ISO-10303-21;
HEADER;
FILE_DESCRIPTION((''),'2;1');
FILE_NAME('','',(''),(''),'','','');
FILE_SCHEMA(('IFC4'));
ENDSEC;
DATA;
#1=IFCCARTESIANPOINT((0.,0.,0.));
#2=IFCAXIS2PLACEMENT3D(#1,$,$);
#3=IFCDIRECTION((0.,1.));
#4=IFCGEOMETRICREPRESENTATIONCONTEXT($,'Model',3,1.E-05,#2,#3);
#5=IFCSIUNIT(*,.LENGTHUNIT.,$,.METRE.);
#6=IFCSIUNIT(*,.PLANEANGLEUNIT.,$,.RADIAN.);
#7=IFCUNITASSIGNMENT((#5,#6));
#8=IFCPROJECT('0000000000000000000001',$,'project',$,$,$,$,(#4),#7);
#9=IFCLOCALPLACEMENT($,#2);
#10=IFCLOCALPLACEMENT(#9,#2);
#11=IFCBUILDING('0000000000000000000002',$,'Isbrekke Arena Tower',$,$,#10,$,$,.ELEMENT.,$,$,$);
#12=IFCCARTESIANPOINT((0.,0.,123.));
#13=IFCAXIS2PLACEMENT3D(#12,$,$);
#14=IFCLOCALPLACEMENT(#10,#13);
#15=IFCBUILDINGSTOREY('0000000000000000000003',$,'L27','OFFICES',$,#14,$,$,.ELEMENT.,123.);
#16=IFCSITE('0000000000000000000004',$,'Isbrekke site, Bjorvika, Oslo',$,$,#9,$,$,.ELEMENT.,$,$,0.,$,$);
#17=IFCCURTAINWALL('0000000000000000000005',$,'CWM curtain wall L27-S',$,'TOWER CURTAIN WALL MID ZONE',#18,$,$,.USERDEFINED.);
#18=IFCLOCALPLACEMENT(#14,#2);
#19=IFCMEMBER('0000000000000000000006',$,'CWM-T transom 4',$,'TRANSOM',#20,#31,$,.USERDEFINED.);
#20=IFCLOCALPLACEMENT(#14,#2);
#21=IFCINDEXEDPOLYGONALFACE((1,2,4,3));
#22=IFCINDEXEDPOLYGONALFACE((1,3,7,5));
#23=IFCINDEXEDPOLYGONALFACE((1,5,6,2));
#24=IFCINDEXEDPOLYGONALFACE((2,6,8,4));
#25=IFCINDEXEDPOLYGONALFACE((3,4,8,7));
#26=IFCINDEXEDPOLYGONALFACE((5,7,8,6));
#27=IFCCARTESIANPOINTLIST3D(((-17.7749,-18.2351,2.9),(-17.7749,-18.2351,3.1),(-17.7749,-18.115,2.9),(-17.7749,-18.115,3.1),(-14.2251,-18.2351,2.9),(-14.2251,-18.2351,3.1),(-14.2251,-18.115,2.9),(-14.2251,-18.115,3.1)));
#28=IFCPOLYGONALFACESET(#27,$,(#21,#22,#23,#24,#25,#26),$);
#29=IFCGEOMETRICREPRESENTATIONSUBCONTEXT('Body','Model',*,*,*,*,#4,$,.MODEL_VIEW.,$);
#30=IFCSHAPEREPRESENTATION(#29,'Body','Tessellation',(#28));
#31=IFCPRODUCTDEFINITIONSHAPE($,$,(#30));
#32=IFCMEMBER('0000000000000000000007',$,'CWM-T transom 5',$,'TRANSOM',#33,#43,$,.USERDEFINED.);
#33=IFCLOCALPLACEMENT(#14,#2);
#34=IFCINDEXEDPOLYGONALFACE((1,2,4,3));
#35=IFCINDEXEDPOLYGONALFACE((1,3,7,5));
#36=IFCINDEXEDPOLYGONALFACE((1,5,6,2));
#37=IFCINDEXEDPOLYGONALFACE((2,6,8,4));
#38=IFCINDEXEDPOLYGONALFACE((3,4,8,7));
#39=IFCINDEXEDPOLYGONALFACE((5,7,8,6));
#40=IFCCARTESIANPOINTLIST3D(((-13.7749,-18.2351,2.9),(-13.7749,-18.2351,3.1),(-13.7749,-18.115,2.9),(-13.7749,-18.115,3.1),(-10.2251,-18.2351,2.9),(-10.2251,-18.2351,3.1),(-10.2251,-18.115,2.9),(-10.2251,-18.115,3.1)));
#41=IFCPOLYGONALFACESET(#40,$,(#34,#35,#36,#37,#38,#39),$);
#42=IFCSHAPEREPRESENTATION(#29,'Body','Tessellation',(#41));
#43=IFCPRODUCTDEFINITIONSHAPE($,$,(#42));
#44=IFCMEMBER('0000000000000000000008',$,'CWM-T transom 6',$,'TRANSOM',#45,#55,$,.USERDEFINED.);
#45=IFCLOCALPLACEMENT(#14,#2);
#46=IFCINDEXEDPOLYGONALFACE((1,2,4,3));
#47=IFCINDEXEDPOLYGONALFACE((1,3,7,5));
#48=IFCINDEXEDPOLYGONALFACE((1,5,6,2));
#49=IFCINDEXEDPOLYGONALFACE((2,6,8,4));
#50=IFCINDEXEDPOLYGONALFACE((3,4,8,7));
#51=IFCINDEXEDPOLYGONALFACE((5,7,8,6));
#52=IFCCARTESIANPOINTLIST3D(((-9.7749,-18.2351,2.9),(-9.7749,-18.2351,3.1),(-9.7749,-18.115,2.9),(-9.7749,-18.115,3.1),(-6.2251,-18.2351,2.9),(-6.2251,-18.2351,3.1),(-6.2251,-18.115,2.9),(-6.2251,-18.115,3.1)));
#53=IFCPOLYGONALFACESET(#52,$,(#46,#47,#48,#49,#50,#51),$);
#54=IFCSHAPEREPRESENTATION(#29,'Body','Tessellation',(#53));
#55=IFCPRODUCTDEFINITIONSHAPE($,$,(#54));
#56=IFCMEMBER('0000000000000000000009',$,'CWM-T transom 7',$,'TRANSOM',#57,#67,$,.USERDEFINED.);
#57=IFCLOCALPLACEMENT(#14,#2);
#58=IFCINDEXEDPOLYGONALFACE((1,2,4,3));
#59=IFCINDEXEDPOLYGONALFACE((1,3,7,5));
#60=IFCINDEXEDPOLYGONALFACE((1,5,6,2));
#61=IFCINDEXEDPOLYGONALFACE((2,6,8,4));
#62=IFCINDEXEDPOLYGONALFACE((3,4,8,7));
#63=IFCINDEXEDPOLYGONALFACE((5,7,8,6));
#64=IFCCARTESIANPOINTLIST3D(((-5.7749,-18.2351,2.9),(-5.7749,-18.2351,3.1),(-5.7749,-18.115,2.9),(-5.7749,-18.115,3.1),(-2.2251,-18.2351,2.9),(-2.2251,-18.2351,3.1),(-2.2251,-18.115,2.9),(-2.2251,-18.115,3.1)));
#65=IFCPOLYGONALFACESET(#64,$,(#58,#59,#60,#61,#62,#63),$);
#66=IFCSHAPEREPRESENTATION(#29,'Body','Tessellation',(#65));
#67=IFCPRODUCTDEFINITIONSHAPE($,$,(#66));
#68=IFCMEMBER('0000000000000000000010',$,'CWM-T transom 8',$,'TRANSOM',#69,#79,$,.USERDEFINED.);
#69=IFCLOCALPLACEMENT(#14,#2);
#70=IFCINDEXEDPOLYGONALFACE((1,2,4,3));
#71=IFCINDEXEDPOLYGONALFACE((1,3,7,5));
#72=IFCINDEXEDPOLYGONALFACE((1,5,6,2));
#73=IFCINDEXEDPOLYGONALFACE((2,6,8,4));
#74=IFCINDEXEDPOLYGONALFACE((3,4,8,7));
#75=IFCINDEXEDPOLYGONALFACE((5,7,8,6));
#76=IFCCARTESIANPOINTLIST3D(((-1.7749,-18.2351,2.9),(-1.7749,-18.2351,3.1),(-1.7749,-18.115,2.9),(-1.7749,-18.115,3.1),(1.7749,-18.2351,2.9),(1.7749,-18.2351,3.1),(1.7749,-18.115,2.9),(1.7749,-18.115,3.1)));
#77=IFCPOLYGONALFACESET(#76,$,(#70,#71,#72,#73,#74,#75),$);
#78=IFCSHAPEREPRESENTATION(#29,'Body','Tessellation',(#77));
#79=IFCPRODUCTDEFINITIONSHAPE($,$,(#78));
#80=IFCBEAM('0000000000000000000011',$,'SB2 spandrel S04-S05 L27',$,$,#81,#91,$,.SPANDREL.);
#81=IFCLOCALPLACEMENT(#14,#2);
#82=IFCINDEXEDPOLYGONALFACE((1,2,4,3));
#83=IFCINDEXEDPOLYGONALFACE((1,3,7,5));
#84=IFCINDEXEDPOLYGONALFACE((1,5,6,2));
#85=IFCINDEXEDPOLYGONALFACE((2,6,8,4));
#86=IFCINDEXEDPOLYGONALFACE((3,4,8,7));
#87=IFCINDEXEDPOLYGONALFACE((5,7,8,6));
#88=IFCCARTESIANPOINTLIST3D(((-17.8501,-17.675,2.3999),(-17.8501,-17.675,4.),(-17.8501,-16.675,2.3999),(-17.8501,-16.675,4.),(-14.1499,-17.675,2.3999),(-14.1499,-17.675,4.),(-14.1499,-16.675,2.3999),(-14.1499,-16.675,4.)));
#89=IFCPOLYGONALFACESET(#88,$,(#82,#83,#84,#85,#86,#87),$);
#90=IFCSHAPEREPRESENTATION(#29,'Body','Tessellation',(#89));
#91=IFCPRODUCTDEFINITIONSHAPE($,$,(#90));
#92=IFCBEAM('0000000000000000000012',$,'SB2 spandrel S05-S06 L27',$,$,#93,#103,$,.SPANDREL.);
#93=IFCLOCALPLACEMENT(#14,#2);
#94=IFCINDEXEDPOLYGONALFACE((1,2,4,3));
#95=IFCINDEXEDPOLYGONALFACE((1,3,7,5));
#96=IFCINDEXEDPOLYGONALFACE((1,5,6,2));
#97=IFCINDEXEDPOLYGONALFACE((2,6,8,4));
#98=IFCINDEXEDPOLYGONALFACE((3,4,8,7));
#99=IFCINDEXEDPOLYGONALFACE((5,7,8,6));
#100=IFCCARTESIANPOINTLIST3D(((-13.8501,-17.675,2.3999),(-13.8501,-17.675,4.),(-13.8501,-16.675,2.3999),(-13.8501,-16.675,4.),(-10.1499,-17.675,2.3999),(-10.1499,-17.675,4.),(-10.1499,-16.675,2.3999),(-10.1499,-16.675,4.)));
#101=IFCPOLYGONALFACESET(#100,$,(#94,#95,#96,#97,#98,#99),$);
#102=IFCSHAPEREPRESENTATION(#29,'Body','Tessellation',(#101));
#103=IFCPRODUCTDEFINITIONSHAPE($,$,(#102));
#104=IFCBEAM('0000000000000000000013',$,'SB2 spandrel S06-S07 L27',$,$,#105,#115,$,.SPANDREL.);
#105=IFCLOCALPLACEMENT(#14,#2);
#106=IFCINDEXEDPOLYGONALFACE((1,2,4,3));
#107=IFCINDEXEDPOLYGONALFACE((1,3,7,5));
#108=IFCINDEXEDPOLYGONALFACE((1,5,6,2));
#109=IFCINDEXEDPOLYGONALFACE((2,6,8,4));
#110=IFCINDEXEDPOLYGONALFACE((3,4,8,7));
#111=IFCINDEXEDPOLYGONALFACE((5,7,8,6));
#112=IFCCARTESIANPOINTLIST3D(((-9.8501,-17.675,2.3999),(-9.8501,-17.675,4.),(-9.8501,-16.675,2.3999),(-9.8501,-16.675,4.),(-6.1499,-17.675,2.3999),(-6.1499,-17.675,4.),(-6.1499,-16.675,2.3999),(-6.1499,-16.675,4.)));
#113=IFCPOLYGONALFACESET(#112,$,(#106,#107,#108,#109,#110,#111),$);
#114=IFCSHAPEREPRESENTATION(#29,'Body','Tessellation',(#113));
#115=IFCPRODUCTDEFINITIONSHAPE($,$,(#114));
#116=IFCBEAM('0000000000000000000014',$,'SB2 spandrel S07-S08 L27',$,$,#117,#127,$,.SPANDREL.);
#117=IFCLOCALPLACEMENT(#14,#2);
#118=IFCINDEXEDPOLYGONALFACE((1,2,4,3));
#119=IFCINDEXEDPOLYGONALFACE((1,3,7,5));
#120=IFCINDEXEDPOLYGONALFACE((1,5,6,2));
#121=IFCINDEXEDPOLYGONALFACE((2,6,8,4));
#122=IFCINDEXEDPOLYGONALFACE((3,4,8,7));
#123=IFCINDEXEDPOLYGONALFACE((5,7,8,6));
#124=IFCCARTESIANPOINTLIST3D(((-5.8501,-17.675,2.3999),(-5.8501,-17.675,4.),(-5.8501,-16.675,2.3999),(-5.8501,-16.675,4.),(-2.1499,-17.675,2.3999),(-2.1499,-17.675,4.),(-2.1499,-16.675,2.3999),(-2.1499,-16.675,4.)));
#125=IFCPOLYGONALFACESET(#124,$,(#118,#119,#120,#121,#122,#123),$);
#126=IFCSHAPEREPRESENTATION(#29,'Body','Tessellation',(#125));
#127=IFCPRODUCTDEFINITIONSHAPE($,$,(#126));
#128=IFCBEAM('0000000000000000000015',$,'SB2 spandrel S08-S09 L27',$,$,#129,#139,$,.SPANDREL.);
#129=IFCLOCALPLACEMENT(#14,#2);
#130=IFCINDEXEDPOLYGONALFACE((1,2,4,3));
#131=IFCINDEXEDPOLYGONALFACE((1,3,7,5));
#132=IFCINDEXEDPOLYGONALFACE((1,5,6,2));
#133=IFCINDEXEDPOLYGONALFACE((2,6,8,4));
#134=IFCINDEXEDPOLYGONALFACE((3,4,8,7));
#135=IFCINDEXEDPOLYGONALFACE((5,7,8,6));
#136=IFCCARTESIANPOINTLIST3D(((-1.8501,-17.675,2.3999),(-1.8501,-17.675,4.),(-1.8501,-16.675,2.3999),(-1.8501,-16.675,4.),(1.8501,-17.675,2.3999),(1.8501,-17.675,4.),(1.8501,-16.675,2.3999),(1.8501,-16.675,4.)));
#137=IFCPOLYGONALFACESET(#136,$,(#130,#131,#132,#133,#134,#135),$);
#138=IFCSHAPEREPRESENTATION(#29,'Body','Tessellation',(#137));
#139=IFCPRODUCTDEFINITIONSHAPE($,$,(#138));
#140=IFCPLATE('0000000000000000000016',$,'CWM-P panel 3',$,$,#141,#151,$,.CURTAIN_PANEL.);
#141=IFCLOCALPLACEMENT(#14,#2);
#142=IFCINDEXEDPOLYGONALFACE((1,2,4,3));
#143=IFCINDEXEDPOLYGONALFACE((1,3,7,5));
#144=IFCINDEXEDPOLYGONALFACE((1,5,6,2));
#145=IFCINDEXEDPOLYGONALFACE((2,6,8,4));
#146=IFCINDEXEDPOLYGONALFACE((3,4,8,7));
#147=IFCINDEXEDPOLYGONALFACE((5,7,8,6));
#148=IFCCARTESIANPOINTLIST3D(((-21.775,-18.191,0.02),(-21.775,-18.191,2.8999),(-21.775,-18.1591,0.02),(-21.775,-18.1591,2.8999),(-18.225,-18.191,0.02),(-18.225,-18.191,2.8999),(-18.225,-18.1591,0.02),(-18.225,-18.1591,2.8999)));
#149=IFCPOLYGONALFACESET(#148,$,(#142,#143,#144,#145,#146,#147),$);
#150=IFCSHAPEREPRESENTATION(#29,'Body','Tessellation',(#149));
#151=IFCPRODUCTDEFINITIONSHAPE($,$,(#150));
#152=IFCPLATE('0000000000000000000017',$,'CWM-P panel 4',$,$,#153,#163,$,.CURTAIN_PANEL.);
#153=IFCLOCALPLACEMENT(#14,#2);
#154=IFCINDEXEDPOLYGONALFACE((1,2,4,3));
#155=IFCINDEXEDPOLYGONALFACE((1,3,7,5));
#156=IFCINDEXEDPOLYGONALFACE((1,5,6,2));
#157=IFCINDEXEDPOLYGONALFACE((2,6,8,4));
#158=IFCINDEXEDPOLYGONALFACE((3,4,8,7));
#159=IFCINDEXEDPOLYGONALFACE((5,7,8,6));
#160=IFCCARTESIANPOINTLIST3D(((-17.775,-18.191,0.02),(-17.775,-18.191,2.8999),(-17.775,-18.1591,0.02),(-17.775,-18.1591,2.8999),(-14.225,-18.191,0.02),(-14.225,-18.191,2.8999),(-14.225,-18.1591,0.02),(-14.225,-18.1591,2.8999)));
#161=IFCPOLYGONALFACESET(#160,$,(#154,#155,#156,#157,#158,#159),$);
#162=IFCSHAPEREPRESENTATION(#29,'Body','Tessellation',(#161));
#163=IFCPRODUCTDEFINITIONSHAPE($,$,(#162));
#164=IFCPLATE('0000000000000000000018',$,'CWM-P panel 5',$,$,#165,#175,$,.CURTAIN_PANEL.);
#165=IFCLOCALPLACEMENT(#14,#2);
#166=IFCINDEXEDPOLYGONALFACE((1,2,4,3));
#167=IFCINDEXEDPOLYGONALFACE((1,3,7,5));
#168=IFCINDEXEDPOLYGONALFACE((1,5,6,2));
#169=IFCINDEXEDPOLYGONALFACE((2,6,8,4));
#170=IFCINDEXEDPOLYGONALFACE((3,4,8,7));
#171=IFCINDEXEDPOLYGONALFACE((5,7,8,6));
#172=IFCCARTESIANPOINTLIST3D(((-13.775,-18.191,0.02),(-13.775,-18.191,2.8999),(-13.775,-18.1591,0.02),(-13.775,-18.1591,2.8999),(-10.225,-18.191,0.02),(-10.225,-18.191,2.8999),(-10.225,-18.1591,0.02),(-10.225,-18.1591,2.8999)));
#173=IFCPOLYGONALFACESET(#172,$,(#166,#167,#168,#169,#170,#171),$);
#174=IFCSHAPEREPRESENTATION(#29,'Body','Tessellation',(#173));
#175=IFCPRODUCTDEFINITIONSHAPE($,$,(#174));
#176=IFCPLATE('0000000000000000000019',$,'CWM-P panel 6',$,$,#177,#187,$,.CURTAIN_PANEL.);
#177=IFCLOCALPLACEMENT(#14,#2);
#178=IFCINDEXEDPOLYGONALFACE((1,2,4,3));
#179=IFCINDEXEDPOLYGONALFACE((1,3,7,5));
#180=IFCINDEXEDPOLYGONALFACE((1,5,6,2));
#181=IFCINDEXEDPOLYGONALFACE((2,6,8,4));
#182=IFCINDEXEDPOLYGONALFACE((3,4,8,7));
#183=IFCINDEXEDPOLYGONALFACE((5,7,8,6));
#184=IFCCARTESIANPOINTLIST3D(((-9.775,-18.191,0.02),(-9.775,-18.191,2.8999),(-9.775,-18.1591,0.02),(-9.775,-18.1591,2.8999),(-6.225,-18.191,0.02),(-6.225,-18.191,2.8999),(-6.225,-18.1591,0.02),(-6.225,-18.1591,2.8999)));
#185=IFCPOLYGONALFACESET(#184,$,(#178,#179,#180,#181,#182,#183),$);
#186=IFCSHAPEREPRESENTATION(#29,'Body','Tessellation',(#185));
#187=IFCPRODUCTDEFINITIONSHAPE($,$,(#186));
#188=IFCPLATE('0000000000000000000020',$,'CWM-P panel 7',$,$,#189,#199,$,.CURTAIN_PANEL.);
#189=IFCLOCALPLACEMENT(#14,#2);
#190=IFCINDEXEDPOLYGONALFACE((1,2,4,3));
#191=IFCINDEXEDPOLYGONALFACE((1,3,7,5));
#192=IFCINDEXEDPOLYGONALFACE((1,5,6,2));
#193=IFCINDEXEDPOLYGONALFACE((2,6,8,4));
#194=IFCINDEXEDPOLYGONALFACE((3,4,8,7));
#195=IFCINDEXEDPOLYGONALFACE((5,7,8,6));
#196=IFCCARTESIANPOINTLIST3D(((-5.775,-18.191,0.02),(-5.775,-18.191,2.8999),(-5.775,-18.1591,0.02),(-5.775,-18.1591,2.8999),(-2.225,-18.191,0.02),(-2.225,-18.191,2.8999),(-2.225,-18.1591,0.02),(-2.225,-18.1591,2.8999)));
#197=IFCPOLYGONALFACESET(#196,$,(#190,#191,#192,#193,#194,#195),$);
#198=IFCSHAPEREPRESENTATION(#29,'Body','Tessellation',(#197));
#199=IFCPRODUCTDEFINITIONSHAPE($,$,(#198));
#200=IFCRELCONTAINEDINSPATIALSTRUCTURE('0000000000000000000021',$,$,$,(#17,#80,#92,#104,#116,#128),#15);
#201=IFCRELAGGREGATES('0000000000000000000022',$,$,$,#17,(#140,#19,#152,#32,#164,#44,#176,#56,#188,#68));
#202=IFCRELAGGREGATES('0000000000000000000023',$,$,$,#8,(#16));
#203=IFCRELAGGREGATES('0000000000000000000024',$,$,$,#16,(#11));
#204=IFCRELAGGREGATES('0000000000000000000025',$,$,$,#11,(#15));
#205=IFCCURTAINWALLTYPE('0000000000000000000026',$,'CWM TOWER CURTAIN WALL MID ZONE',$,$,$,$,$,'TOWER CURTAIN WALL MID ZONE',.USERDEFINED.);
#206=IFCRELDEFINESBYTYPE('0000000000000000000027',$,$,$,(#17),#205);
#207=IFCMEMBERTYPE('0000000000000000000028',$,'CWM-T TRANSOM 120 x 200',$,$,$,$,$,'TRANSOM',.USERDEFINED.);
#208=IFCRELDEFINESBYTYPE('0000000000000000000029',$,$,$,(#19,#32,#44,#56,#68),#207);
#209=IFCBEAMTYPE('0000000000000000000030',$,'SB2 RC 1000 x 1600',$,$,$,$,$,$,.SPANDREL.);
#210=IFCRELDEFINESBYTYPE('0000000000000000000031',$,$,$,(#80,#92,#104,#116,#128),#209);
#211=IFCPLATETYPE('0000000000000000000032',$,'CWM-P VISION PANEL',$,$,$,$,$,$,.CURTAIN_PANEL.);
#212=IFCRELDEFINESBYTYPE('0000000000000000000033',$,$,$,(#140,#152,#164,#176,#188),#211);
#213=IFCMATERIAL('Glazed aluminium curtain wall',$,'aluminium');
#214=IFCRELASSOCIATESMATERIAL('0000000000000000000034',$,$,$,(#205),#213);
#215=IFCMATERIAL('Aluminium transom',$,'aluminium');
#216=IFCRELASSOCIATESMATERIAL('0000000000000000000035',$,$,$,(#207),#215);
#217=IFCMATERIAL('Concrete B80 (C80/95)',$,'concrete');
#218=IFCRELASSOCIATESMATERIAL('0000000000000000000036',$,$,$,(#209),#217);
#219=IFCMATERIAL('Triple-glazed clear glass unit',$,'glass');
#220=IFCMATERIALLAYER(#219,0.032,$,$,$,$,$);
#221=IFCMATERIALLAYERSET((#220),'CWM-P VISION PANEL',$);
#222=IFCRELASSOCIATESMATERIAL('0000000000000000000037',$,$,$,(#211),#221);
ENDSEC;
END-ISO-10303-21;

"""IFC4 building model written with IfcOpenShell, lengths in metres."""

from ifc_helpers import new_model, si_unit, direction, frame, origin, origin_2d, place, context, subcontext, project, spatial, rectangle, extrude, material, layer, layer_set, material_profile, profile_set, type_object, element, aggregate, save


model = new_model("IFC4")

# Units and contexts
model_context = context("Model", 3, precision=1e-05, world=origin(), true_north=direction((0.0, 1.0)))
body_context = subcontext(model_context, "Body", "Model", "MODEL_VIEW")
ifc_project = project(units=[si_unit("LENGTHUNIT", "METRE"), si_unit("PLANEANGLEUNIT", "RADIAN")], contexts=[model_context])

# Site, building, storey
site_placement = place(None, origin())
site = spatial("IfcSite", under=ifc_project, at=site_placement, Name="Isbrekke site, Bjorvika, Oslo", CompositionType="ELEMENT", RefElevation=0.0)
building_placement = place(site_placement, origin())
building = spatial("IfcBuilding", under=site, at=building_placement, Name="Isbrekke Arena Tower", CompositionType="ELEMENT")
storey_placement = place(building_placement, frame((0.0, 0.0, 123.0)))
storey = spatial("IfcBuildingStorey", under=building, at=storey_placement, Name="L27", Description="OFFICES", CompositionType="ELEMENT", Elevation=123.0)

# Curtain wall, members
ifc_material_1 = material(Name="Glazed aluminium curtain wall", Category="aluminium")
curtain_wall_type = type_object("IfcCurtainWallType", Name="CWM TOWER CURTAIN WALL MID ZONE", ElementType="TOWER CURTAIN WALL MID ZONE", PredefinedType="USERDEFINED", material=ifc_material_1)
curtain_wall_placement = place(storey_placement, origin())
curtain_wall = element("IfcCurtainWall", 1, at=curtain_wall_placement, inside=storey, type_object=curtain_wall_type, Name="CWM curtain wall L27-S", ObjectType="TOWER CURTAIN WALL MID ZONE", PredefinedType="USERDEFINED")
ifc_material_2 = material(Name="Aluminium transom", Category="aluminium")
ifc_material_profile_1 = material_profile(ifc_material_2, rectangle(XDim=0.1201, YDim=0.2, at=origin_2d()), Name="TRANSOM 120X200")
ifc_profile_set_1 = profile_set([ifc_material_profile_1], Name="Aluminium transom")
member_type_1 = type_object("IfcMemberType", Name="CWM-T TRANSOM 120 x 200", ElementType="TRANSOM", PredefinedType="USERDEFINED", material=ifc_profile_set_1)
member_1_placement = place(storey_placement, frame((-17.7749, -18.175, 3.0), z_axis=(1.0, 0.0, 0.0), x_axis=(0.0, 1.0, 0.0)))
member_1 = element("IfcMember", 2, at=member_1_placement, type_object=member_type_1, Name="CWM-T transom 4", ObjectType="TRANSOM", PredefinedType="USERDEFINED", context=body_context, shape_type="SweptSolid", body=[
    extrude(rectangle(XDim=0.1201, YDim=0.2, at=origin_2d()), origin(), (0.0, 0.0, 1.0), 3.5498),
])
member_2_placement = place(storey_placement, frame((-13.7749, -18.175, 3.0), z_axis=(1.0, 0.0, 0.0), x_axis=(0.0, 1.0, 0.0)))
member_2 = element("IfcMember", 3, at=member_2_placement, type_object=member_type_1, Name="CWM-T transom 5", ObjectType="TRANSOM", PredefinedType="USERDEFINED", context=body_context, shape_type="SweptSolid", body=[
    extrude(rectangle(XDim=0.1201, YDim=0.2, at=origin_2d()), origin(), (0.0, 0.0, 1.0), 3.5498),
])
member_3_placement = place(storey_placement, frame((-9.7749, -18.175, 3.0), z_axis=(1.0, 0.0, 0.0), x_axis=(0.0, 1.0, 0.0)))
member_3 = element("IfcMember", 4, at=member_3_placement, type_object=member_type_1, Name="CWM-T transom 6", ObjectType="TRANSOM", PredefinedType="USERDEFINED", context=body_context, shape_type="SweptSolid", body=[
    extrude(rectangle(XDim=0.1201, YDim=0.2, at=origin_2d()), origin(), (0.0, 0.0, 1.0), 3.5498),
])
member_4_placement = place(storey_placement, frame((-5.7749, -18.175, 3.0), z_axis=(1.0, 0.0, 0.0), x_axis=(0.0, 1.0, 0.0)))
member_4 = element("IfcMember", 5, at=member_4_placement, type_object=member_type_1, Name="CWM-T transom 7", ObjectType="TRANSOM", PredefinedType="USERDEFINED", context=body_context, shape_type="SweptSolid", body=[
    extrude(rectangle(XDim=0.1201, YDim=0.2, at=origin_2d()), origin(), (0.0, 0.0, 1.0), 3.5498),
])
member_5_placement = place(storey_placement, frame((-1.7749, -18.175, 3.0), z_axis=(1.0, 0.0, 0.0), x_axis=(0.0, 1.0, 0.0)))
member_5 = element("IfcMember", 6, at=member_5_placement, type_object=member_type_1, Name="CWM-T transom 8", ObjectType="TRANSOM", PredefinedType="USERDEFINED", context=body_context, shape_type="SweptSolid", body=[
    extrude(rectangle(XDim=0.1201, YDim=0.2, at=origin_2d()), origin(), (0.0, 0.0, 1.0), 3.5498),
])

# Beams
ifc_material_3 = material(Name="Concrete B80 (C80/95)", Category="concrete")
ifc_material_profile_2 = material_profile(ifc_material_3, rectangle(XDim=1.0, YDim=1.6001, at=origin_2d()), Name="RC 1000x1600")
ifc_profile_set_2 = profile_set([ifc_material_profile_2], Name="Concrete B80 (C80/95)")
beam_type_1 = type_object("IfcBeamType", Name="SB2 RC 1000 x 1600", PredefinedType="SPANDREL", material=ifc_profile_set_2)
for number, where, z_axis, x_axis, name in (
    (7, (-17.8501, -17.175, 3.2), (1.0, 0.0, 0.0), (0.0, 1.0, 0.0), "SB2 spandrel S04-S05 L27"),
    (8, (-13.8501, -17.175, 3.2), (1.0, 0.0, 0.0), (0.0, 1.0, 0.0), "SB2 spandrel S05-S06 L27"),
    (9, (-9.8501, -17.175, 3.2), (1.0, 0.0, 0.0), (0.0, 1.0, 0.0), "SB2 spandrel S06-S07 L27"),
    (10, (-5.8501, -17.175, 3.2), (1.0, 0.0, 0.0), (0.0, 1.0, 0.0), "SB2 spandrel S07-S08 L27"),
    (11, (-1.8501, -17.175, 3.2), (1.0, 0.0, 0.0), (0.0, 1.0, 0.0), "SB2 spandrel S08-S09 L27"),
):
    element("IfcBeam", number, at=place(storey_placement, frame(where, z_axis=z_axis, x_axis=x_axis)), inside=storey, type_object=beam_type_1, Name=name, PredefinedType="SPANDREL", context=body_context, shape_type="SweptSolid", body=[
        extrude(rectangle(XDim=1.0, YDim=1.6001, at=origin_2d()), origin(), (0.0, 0.0, 1.0), 3.7002),
    ])

# Plates
ifc_material_4 = material(Name="Triple-glazed clear glass unit", Category="glass")
ifc_layer = layer(ifc_material_4, 0.032)
ifc_layer_set = layer_set([ifc_layer], Name="CWM-P VISION PANEL")
plate_type = type_object("IfcPlateType", Name="CWM-P VISION PANEL", PredefinedType="CURTAIN_PANEL", material=ifc_layer_set)
plate_1_placement = place(storey_placement, frame((-20.0, -18.175, 0.02), z_axis=(0.0, 0.0, 1.0), x_axis=(1.0, 0.0, 0.0)))
plate_1 = element("IfcPlate", 12, at=plate_1_placement, type_object=plate_type, Name="CWM-P panel 3", PredefinedType="CURTAIN_PANEL", context=body_context, shape_type="SweptSolid", body=[
    extrude(rectangle(XDim=3.55, YDim=0.032, at=origin_2d()), origin(), (0.0, 0.0, 1.0), 2.8799),
])
plate_2_placement = place(storey_placement, frame((-16.0, -18.175, 0.02), z_axis=(0.0, 0.0, 1.0), x_axis=(1.0, 0.0, 0.0)))
plate_2 = element("IfcPlate", 13, at=plate_2_placement, type_object=plate_type, Name="CWM-P panel 4", PredefinedType="CURTAIN_PANEL", context=body_context, shape_type="SweptSolid", body=[
    extrude(rectangle(XDim=3.55, YDim=0.032, at=origin_2d()), origin(), (0.0, 0.0, 1.0), 2.8799),
])
plate_3_placement = place(storey_placement, frame((-12.0, -18.175, 0.02), z_axis=(0.0, 0.0, 1.0), x_axis=(1.0, 0.0, 0.0)))
plate_3 = element("IfcPlate", 14, at=plate_3_placement, type_object=plate_type, Name="CWM-P panel 5", PredefinedType="CURTAIN_PANEL", context=body_context, shape_type="SweptSolid", body=[
    extrude(rectangle(XDim=3.55, YDim=0.032, at=origin_2d()), origin(), (0.0, 0.0, 1.0), 2.8799),
])
plate_4_placement = place(storey_placement, frame((-8.0, -18.175, 0.02), z_axis=(0.0, 0.0, 1.0), x_axis=(1.0, 0.0, 0.0)))
plate_4 = element("IfcPlate", 15, at=plate_4_placement, type_object=plate_type, Name="CWM-P panel 6", PredefinedType="CURTAIN_PANEL", context=body_context, shape_type="SweptSolid", body=[
    extrude(rectangle(XDim=3.55, YDim=0.032, at=origin_2d()), origin(), (0.0, 0.0, 1.0), 2.8799),
])
plate_5_placement = place(storey_placement, frame((-4.0, -18.175, 0.02), z_axis=(0.0, 0.0, 1.0), x_axis=(1.0, 0.0, 0.0)))
plate_5 = element("IfcPlate", 16, at=plate_5_placement, type_object=plate_type, Name="CWM-P panel 7", PredefinedType="CURTAIN_PANEL", context=body_context, shape_type="SweptSolid", body=[
    extrude(rectangle(XDim=3.55, YDim=0.032, at=origin_2d()), origin(), (0.0, 0.0, 1.0), 2.8799),
])
aggregate(curtain_wall, [plate_1, member_1, plate_2, member_2, plate_3, member_3, plate_4, member_4, plate_5, member_5])

save(model, "model.ifc")
